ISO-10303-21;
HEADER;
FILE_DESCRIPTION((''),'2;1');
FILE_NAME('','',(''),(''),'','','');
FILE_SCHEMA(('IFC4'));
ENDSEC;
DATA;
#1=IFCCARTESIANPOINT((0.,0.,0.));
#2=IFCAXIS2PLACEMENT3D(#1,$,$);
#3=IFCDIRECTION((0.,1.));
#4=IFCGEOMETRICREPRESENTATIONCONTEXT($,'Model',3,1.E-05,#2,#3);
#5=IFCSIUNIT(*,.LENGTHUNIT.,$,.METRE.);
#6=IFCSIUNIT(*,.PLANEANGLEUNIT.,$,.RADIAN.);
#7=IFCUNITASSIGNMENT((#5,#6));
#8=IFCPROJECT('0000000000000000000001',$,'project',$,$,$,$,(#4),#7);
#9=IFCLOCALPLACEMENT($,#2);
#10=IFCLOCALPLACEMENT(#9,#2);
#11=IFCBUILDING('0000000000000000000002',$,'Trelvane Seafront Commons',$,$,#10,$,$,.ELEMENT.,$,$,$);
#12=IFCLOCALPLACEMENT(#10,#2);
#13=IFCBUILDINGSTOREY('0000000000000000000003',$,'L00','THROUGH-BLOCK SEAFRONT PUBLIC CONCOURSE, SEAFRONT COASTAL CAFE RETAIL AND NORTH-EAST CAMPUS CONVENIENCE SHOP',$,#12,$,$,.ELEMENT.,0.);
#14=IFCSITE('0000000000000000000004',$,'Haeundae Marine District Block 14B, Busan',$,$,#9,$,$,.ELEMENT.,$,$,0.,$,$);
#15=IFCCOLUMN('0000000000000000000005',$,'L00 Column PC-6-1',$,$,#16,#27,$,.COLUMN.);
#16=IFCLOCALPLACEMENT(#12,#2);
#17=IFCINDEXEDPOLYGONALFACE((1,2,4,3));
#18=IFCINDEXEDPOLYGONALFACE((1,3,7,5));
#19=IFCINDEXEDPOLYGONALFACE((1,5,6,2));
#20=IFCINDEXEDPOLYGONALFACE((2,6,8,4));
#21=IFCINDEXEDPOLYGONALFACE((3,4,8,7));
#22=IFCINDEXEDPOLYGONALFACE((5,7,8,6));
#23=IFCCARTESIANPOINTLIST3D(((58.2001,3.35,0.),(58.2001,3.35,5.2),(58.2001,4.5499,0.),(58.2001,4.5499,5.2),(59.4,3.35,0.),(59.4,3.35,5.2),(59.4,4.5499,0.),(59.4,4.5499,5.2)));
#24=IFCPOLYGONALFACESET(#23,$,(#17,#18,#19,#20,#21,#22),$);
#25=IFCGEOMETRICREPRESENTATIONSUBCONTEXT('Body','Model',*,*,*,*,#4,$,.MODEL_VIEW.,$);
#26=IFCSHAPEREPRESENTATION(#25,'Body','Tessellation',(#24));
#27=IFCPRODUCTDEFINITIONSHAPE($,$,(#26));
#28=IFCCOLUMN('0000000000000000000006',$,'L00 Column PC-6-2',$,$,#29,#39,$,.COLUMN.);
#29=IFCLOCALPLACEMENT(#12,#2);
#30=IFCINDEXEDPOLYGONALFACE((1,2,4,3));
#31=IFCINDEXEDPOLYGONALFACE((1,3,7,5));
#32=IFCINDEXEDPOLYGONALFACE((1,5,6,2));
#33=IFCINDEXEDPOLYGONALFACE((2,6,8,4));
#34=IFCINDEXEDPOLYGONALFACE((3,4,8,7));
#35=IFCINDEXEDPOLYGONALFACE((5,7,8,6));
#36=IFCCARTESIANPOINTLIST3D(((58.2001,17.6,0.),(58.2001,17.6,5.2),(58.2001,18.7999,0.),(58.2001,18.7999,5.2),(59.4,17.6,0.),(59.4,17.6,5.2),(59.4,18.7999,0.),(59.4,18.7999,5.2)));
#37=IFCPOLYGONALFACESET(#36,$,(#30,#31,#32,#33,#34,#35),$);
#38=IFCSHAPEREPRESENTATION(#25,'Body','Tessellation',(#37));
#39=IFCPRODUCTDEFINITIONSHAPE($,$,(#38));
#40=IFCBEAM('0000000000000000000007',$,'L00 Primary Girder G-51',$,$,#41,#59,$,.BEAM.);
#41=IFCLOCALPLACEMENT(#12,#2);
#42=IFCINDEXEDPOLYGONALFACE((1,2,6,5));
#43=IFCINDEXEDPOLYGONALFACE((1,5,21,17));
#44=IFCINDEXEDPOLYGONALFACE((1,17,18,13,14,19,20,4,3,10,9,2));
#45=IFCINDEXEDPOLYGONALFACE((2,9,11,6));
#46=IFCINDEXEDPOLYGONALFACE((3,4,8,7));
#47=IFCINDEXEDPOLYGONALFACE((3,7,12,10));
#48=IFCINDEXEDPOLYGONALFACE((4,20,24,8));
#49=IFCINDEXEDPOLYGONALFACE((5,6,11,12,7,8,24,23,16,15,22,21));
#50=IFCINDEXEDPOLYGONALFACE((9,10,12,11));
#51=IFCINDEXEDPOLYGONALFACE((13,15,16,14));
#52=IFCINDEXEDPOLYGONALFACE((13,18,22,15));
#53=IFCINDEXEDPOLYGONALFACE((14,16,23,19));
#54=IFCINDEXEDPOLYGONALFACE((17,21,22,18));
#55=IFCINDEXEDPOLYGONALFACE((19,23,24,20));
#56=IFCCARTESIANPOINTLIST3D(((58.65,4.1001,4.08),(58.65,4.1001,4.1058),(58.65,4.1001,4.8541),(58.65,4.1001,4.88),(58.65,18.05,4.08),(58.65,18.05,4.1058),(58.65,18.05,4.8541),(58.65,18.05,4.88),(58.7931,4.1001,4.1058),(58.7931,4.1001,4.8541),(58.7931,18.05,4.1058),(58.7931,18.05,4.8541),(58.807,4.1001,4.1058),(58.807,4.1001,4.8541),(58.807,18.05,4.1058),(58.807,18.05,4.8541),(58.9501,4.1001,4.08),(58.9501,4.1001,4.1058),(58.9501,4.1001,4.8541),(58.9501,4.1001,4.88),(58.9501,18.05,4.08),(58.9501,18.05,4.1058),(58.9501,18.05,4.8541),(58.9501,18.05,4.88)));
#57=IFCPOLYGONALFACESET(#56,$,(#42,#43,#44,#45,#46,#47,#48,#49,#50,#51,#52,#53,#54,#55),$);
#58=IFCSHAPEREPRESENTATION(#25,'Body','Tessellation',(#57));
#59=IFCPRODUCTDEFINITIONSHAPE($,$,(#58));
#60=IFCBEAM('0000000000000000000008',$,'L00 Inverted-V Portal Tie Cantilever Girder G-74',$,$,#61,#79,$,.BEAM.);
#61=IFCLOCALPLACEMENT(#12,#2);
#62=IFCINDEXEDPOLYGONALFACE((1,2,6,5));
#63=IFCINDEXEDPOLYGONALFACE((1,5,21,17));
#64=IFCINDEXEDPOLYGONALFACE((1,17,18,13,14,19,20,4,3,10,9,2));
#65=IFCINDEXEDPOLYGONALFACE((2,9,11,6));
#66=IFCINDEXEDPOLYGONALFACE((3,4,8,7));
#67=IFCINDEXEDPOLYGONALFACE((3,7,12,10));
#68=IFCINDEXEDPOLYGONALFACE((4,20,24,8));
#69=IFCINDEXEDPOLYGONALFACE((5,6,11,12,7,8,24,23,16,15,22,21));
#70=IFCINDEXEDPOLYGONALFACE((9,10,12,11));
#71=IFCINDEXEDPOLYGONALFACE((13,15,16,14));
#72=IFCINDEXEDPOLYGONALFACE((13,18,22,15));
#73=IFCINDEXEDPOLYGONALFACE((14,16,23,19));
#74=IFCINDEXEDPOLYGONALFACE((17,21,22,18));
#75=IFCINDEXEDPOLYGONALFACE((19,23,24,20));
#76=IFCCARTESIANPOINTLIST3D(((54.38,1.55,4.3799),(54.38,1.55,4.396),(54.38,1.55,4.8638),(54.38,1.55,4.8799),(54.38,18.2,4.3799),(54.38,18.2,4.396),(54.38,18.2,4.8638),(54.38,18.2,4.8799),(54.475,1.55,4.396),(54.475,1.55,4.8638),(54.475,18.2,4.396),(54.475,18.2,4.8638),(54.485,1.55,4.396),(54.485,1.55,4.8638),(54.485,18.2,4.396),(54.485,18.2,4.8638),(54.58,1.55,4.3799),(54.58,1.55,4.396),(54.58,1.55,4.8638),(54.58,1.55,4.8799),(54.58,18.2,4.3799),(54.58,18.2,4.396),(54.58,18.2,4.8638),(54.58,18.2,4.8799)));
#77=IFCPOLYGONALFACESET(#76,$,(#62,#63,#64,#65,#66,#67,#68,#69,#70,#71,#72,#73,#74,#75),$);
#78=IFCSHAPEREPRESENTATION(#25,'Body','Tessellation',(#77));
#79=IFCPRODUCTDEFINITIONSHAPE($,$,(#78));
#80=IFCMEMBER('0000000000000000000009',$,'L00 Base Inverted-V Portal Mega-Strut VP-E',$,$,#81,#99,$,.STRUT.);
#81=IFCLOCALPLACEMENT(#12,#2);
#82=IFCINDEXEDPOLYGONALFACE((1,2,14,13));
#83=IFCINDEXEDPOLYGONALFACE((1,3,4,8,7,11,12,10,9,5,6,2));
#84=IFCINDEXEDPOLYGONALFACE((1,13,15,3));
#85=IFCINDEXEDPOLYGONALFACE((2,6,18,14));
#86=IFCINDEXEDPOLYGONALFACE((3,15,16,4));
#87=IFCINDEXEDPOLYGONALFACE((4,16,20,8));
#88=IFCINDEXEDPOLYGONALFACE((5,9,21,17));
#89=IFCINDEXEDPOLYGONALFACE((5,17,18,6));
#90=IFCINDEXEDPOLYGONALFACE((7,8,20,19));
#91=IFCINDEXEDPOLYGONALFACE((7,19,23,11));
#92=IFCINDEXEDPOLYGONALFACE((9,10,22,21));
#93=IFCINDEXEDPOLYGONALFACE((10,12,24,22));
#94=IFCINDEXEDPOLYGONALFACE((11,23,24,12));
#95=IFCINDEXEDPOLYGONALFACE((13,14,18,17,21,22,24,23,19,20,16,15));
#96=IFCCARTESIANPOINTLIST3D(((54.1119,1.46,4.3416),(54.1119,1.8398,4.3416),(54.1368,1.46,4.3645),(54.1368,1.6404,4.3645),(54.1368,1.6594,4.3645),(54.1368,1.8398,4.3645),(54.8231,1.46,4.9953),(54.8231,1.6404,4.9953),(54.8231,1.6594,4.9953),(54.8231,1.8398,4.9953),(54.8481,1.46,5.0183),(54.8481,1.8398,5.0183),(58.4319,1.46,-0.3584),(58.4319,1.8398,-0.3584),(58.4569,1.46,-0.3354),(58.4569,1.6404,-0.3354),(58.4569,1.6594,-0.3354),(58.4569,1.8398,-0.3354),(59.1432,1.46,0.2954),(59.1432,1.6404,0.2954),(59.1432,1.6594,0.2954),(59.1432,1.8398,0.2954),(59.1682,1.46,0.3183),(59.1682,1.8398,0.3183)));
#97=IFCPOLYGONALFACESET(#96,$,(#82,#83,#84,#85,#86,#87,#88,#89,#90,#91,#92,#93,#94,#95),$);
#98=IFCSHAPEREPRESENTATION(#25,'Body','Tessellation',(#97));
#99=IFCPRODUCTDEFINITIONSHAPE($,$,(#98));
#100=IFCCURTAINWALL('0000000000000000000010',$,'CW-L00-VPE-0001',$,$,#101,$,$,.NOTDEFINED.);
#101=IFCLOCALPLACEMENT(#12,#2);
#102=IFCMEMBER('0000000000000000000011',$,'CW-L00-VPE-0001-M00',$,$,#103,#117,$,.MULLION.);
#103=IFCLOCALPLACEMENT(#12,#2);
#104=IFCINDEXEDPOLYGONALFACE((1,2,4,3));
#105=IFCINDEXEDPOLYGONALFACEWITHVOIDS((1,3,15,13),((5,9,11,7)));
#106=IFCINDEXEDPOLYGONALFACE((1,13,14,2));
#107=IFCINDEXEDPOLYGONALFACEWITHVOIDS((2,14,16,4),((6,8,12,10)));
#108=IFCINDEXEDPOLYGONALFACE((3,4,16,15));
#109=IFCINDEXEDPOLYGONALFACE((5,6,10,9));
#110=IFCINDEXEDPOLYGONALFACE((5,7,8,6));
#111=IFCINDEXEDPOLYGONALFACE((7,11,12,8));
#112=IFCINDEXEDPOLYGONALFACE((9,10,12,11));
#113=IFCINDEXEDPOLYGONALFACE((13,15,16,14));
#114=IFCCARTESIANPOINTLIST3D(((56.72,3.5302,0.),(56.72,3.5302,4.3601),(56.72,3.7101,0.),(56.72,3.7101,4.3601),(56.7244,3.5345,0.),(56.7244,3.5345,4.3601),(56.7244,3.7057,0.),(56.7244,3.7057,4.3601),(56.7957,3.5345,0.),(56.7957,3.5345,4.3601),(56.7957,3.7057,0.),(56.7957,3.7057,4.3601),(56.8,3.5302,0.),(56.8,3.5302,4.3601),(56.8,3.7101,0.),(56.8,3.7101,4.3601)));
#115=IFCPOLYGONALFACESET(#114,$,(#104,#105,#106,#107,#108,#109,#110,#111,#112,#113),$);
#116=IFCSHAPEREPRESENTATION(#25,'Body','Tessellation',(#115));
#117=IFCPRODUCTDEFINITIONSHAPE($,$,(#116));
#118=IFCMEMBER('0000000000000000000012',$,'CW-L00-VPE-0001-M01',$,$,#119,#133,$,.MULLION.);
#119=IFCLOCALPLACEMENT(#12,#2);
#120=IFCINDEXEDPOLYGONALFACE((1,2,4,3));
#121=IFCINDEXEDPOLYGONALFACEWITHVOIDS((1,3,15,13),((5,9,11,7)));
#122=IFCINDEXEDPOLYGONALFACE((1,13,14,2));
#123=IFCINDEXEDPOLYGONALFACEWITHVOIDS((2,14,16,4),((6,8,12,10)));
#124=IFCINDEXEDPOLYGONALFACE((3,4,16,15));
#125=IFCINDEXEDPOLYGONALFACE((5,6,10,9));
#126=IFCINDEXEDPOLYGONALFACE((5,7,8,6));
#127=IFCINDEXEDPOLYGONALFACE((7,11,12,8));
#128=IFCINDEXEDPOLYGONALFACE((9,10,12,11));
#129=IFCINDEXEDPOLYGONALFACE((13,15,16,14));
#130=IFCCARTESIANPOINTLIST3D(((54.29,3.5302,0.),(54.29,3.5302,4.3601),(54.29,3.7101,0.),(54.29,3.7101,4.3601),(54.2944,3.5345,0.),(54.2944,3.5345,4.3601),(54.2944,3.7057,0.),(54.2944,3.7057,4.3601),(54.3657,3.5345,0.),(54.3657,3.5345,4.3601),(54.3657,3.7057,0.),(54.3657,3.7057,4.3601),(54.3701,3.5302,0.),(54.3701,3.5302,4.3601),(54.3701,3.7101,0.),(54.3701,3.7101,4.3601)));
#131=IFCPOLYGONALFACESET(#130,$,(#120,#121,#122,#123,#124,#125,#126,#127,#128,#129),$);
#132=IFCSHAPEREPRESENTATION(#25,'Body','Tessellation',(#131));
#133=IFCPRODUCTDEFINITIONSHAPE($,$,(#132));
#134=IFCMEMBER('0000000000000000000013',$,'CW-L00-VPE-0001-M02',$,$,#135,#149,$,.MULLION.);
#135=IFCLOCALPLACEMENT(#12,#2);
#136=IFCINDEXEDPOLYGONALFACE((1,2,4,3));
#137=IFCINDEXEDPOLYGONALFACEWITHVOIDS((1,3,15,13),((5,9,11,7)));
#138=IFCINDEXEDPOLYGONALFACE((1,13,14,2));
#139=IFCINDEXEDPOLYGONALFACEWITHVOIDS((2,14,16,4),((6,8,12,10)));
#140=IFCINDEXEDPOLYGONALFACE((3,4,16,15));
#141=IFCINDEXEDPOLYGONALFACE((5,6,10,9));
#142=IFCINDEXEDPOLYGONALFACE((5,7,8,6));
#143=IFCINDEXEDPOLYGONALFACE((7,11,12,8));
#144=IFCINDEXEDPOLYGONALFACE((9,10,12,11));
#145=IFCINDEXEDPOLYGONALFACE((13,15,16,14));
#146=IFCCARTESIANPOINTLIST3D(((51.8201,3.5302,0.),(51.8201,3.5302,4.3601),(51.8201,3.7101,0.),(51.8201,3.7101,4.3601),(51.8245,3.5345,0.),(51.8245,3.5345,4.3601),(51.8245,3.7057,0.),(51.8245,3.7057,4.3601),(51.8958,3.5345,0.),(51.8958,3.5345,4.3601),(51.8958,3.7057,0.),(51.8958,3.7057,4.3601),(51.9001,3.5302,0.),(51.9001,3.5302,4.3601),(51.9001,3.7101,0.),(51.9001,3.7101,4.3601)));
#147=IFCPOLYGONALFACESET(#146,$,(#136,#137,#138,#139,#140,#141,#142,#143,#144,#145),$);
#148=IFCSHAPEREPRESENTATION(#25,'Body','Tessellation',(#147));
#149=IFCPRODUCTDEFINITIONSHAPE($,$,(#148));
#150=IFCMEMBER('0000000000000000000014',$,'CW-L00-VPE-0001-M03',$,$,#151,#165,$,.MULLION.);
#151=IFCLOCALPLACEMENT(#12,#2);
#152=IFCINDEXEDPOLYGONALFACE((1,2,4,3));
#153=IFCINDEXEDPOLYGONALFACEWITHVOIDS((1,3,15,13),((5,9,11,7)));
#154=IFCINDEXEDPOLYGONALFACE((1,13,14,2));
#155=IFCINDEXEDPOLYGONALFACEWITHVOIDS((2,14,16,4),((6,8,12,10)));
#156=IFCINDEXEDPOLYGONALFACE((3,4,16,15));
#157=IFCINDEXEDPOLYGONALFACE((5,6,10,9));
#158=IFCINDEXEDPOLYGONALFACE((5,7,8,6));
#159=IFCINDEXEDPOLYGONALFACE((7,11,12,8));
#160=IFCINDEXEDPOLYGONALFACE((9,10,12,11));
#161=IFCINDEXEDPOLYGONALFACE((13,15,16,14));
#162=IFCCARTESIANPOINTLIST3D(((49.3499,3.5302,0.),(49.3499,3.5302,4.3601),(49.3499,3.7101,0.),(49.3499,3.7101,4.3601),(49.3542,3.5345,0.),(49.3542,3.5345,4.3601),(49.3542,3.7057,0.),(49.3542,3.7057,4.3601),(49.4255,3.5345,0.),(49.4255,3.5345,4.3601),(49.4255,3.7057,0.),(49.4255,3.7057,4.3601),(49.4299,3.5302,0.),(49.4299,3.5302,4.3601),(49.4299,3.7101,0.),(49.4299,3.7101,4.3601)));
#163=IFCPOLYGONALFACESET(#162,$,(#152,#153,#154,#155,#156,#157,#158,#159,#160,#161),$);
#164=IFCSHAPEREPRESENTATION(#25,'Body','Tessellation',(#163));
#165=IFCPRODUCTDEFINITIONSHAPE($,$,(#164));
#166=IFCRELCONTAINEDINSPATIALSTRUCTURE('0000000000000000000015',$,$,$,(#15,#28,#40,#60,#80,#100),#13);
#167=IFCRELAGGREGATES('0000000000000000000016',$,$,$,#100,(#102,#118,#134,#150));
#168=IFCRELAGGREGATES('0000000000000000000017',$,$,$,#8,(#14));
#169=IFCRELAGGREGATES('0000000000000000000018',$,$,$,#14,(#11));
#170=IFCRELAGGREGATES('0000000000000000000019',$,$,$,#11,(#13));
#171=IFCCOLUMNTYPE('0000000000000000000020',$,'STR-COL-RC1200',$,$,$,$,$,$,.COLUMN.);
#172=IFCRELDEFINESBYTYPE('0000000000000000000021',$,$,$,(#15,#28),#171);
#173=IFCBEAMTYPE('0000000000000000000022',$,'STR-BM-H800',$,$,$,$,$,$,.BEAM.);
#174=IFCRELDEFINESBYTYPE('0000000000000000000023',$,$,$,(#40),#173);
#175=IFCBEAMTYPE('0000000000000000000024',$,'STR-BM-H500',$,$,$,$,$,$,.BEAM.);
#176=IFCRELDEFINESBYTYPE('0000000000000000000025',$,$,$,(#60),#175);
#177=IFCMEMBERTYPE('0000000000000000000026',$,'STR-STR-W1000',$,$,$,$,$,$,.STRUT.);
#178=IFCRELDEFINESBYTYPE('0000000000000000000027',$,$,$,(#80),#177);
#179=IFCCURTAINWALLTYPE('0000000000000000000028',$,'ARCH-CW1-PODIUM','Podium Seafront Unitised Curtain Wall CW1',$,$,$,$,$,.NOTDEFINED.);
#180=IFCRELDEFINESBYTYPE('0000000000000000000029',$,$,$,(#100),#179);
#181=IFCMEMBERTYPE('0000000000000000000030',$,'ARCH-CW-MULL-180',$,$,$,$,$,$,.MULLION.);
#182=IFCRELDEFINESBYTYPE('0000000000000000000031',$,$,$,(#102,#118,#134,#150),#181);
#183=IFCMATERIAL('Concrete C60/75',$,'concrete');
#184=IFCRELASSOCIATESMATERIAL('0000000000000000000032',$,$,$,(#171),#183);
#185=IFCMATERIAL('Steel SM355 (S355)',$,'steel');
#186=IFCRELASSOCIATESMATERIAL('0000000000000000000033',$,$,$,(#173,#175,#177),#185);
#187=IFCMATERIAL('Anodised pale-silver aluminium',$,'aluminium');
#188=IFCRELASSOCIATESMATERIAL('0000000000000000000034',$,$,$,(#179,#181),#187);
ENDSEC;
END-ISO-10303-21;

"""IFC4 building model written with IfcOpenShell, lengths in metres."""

from ifc_helpers import new_model, si_unit, direction, frame, origin, origin_2d, place, context, subcontext, project, spatial, rectangle, hollow_rectangle, i_section, extrude, source, transform, mapped, material, material_profile, profile_set, type_object, element, aggregate, save


model = new_model("IFC4")

# Units and contexts
model_context = context("Model", 3, precision=1e-05, world=origin(), true_north=direction((0.0, 1.0)))
body_context = subcontext(model_context, "Body", "Model", "MODEL_VIEW")
ifc_project = project(units=[si_unit("LENGTHUNIT", "METRE"), si_unit("PLANEANGLEUNIT", "RADIAN")], contexts=[model_context])

# Site, building, storey
site_placement = place(None, origin())
site = spatial("IfcSite", under=ifc_project, at=site_placement, Name="Haeundae Marine District Block 14B, Busan", CompositionType="ELEMENT", RefElevation=0.0)
building_placement = place(site_placement, origin())
building = spatial("IfcBuilding", under=site, at=building_placement, Name="Trelvane Seafront Commons", CompositionType="ELEMENT")
storey_placement = place(building_placement, origin())
storey = spatial("IfcBuildingStorey", under=building, at=storey_placement, Name="L00", Description="THROUGH-BLOCK SEAFRONT PUBLIC CONCOURSE, SEAFRONT COASTAL CAFE RETAIL AND NORTH-EAST CAMPUS CONVENIENCE SHOP", CompositionType="ELEMENT", Elevation=0.0)

# Columns
ifc_material_1 = material(Name="Concrete C60/75", Category="concrete")
ifc_material_profile_1 = material_profile(ifc_material_1, rectangle(XDim=1.2, YDim=1.2, at=origin_2d()), Name="RC-1200x1200")
ifc_profile_set_1 = profile_set([ifc_material_profile_1], Name="Concrete C60/75")
column_type = type_object("IfcColumnType", Name="STR-COL-RC1200", PredefinedType="COLUMN", material=ifc_profile_set_1)
shared_shape_1 = source(origin(), body_context, "Body", "SweptSolid", [
    extrude(rectangle(XDim=1.2, YDim=1.2, at=origin_2d()), origin(), (0.0, 0.0, 1.0), 5.2),
])
for number, where, z_axis, x_axis, name in (
    (1, (58.8, 3.95, 0.0), (0.0, 0.0, 1.0), (1.0, 0.0, 0.0), "L00 Column PC-6-1"),
    (2, (58.8, 18.2, 0.0), (0.0, 0.0, 1.0), (1.0, 0.0, 0.0), "L00 Column PC-6-2"),
):
    element("IfcColumn", number, at=place(storey_placement, frame(where, z_axis=z_axis, x_axis=x_axis)), inside=storey, type_object=column_type, Name=name, PredefinedType="COLUMN", context=body_context, shape_type="MappedRepresentation", body=[
        mapped(shared_shape_1, transform((0.0, 0.0, 0.0), x_axis=(1.0, 0.0, 0.0), y_axis=(0.0, 1.0, 0.0), z_axis=(0.0, 0.0, 1.0), scale=1.0)),
    ])

# Beams
ifc_material_2 = material(Name="Steel SM355 (S355)", Category="steel")
ifc_material_profile_2 = material_profile(ifc_material_2, i_section(OverallWidth=0.3, OverallDepth=0.8, WebThickness=0.0139, FlangeThickness=0.0259, at=origin_2d()), Name="H-800x300x14x26")
ifc_profile_set_2 = profile_set([ifc_material_profile_2], Name="Steel SM355 (S355)")
beam_type_1 = type_object("IfcBeamType", Name="STR-BM-H800", PredefinedType="BEAM", material=ifc_profile_set_2)
shared_shape_2 = source(origin(), body_context, "Body", "SweptSolid", [
    extrude(i_section(OverallWidth=0.3, OverallDepth=0.8, WebThickness=0.0139, FlangeThickness=0.0259, at=origin_2d()), origin(), (0.0, 0.0, 1.0), 13.95),
])
beam_1_placement = place(storey_placement, frame((58.8, 4.1001, 4.48), z_axis=(0.0, 1.0, 0.0), x_axis=(-1.0, 0.0, 0.0)))
element("IfcBeam", 3, at=beam_1_placement, inside=storey, type_object=beam_type_1, Name="L00 Primary Girder G-51", PredefinedType="BEAM", context=body_context, shape_type="MappedRepresentation", body=[
    mapped(shared_shape_2, transform((0.0, 0.0, 0.0), x_axis=(1.0, 0.0, 0.0), y_axis=(0.0, 1.0, 0.0), z_axis=(0.0, 0.0, 1.0), scale=1.0)),
])
ifc_material_profile_3 = material_profile(ifc_material_2, i_section(OverallWidth=0.2, OverallDepth=0.5, WebThickness=0.01, FlangeThickness=0.0161, at=origin_2d()), Name="H-500x200x10x16")
ifc_profile_set_3 = profile_set([ifc_material_profile_3], Name="Steel SM355 (S355)")
beam_type_2 = type_object("IfcBeamType", Name="STR-BM-H500", PredefinedType="BEAM", material=ifc_profile_set_3)
shared_shape_3 = source(origin(), body_context, "Body", "SweptSolid", [
    extrude(i_section(OverallWidth=0.2, OverallDepth=0.5, WebThickness=0.01, FlangeThickness=0.0161, at=origin_2d()), origin(), (0.0, 0.0, 1.0), 16.6499),
])
beam_2_placement = place(storey_placement, frame((54.48, 18.2, 4.6299), z_axis=(0.0, -1.0, 0.0), x_axis=(1.0, 0.0, 0.0)))
element("IfcBeam", 4, at=beam_2_placement, inside=storey, type_object=beam_type_2, Name="L00 Inverted-V Portal Tie Cantilever Girder G-74", PredefinedType="BEAM", context=body_context, shape_type="MappedRepresentation", body=[
    mapped(shared_shape_3, transform((0.0, 0.0, 0.0), x_axis=(1.0, 0.0, 0.0), y_axis=(0.0, 1.0, 0.0), z_axis=(0.0, 0.0, 1.0), scale=1.0)),
])

# Member
ifc_material_profile_4 = material_profile(ifc_material_2, i_section(OverallWidth=0.3799, OverallDepth=1.0, WebThickness=0.019, FlangeThickness=0.0339, at=origin_2d()), Name="W-1000x380x19x34")
ifc_profile_set_4 = profile_set([ifc_material_profile_4], Name="Steel SM355 (S355)")
member_type_1 = type_object("IfcMemberType", Name="STR-STR-W1000", PredefinedType="STRUT", material=ifc_profile_set_4)
shared_shape_4 = source(origin(), body_context, "Body", "SweptSolid", [
    extrude(i_section(OverallWidth=0.3799, OverallDepth=1.0, WebThickness=0.019, FlangeThickness=0.0339, at=origin_2d()), origin(), (0.0, 0.0, 1.0), 6.3838),
])
member_1_placement = place(storey_placement, frame((58.8, 1.6499, -0.02), z_axis=(-0.676727, 0.0, 0.736234), x_axis=(0.0, -1.0, 0.0)))
element("IfcMember", 5, at=member_1_placement, inside=storey, type_object=member_type_1, Name="L00 Base Inverted-V Portal Mega-Strut VP-E", PredefinedType="STRUT", context=body_context, shape_type="MappedRepresentation", body=[
    mapped(shared_shape_4, transform((0.0, 0.0, 0.0), x_axis=(1.0, 0.0, 0.0), y_axis=(0.0, 1.0, 0.0), z_axis=(0.0, 0.0, 1.0), scale=1.0)),
])

# Curtain wall, members
ifc_material_3 = material(Name="Anodised pale-silver aluminium", Category="aluminium")
curtain_wall_type = type_object("IfcCurtainWallType", Name="ARCH-CW1-PODIUM", Description="Podium Seafront Unitised Curtain Wall CW1", PredefinedType="NOTDEFINED", material=ifc_material_3)
curtain_wall_placement = place(storey_placement, origin())
curtain_wall = element("IfcCurtainWall", 6, at=curtain_wall_placement, inside=storey, type_object=curtain_wall_type, Name="CW-L00-VPE-0001", PredefinedType="NOTDEFINED")
ifc_material_profile_5 = material_profile(ifc_material_3, hollow_rectangle(XDim=0.0801, YDim=0.1799, WallThickness=0.0044, at=origin_2d()), Name="MULL-80x180x4.5")
ifc_profile_set_5 = profile_set([ifc_material_profile_5], Name="Anodised pale-silver aluminium")
member_type_2 = type_object("IfcMemberType", Name="ARCH-CW-MULL-180", PredefinedType="MULLION", material=ifc_profile_set_5)
shared_shape_5 = source(origin(), body_context, "Body", "SweptSolid", [
    extrude(hollow_rectangle(XDim=0.0801, YDim=0.1799, WallThickness=0.0044, at=origin_2d()), origin(), (0.0, 0.0, 1.0), 4.3601),
])
member_2_placement = place(storey_placement, frame((56.76, 3.6201, 0.0), z_axis=(0.0, 0.0, 1.0), x_axis=(1.0, 0.0, 0.0)))
member_2 = element("IfcMember", 7, at=member_2_placement, type_object=member_type_2, Name="CW-L00-VPE-0001-M00", PredefinedType="MULLION", context=body_context, shape_type="MappedRepresentation", body=[
    mapped(shared_shape_5, transform((0.0, 0.0, 0.0), x_axis=(1.0, 0.0, 0.0), y_axis=(0.0, 1.0, 0.0), z_axis=(0.0, 0.0, 1.0), scale=1.0)),
])
member_3_placement = place(storey_placement, frame((54.3301, 3.6201, 0.0), z_axis=(0.0, 0.0, 1.0), x_axis=(1.0, 0.0, 0.0)))
member_3 = element("IfcMember", 8, at=member_3_placement, type_object=member_type_2, Name="CW-L00-VPE-0001-M01", PredefinedType="MULLION", context=body_context, shape_type="MappedRepresentation", body=[
    mapped(shared_shape_5, transform((0.0, 0.0, 0.0), x_axis=(1.0, 0.0, 0.0), y_axis=(0.0, 1.0, 0.0), z_axis=(0.0, 0.0, 1.0), scale=1.0)),
])
member_4_placement = place(storey_placement, frame((51.8601, 3.6201, 0.0), z_axis=(0.0, 0.0, 1.0), x_axis=(1.0, 0.0, 0.0)))
member_4 = element("IfcMember", 9, at=member_4_placement, type_object=member_type_2, Name="CW-L00-VPE-0001-M02", PredefinedType="MULLION", context=body_context, shape_type="MappedRepresentation", body=[
    mapped(shared_shape_5, transform((0.0, 0.0, 0.0), x_axis=(1.0, 0.0, 0.0), y_axis=(0.0, 1.0, 0.0), z_axis=(0.0, 0.0, 1.0), scale=1.0)),
])
member_5_placement = place(storey_placement, frame((49.3899, 3.6201, 0.0), z_axis=(0.0, 0.0, 1.0), x_axis=(1.0, 0.0, 0.0)))
member_5 = element("IfcMember", 10, at=member_5_placement, type_object=member_type_2, Name="CW-L00-VPE-0001-M03", PredefinedType="MULLION", context=body_context, shape_type="MappedRepresentation", body=[
    mapped(shared_shape_5, transform((0.0, 0.0, 0.0), x_axis=(1.0, 0.0, 0.0), y_axis=(0.0, 1.0, 0.0), z_axis=(0.0, 0.0, 1.0), scale=1.0)),
])

aggregate(curtain_wall, [member_2, member_3, member_4, member_5])

save(model, "model.ifc")
